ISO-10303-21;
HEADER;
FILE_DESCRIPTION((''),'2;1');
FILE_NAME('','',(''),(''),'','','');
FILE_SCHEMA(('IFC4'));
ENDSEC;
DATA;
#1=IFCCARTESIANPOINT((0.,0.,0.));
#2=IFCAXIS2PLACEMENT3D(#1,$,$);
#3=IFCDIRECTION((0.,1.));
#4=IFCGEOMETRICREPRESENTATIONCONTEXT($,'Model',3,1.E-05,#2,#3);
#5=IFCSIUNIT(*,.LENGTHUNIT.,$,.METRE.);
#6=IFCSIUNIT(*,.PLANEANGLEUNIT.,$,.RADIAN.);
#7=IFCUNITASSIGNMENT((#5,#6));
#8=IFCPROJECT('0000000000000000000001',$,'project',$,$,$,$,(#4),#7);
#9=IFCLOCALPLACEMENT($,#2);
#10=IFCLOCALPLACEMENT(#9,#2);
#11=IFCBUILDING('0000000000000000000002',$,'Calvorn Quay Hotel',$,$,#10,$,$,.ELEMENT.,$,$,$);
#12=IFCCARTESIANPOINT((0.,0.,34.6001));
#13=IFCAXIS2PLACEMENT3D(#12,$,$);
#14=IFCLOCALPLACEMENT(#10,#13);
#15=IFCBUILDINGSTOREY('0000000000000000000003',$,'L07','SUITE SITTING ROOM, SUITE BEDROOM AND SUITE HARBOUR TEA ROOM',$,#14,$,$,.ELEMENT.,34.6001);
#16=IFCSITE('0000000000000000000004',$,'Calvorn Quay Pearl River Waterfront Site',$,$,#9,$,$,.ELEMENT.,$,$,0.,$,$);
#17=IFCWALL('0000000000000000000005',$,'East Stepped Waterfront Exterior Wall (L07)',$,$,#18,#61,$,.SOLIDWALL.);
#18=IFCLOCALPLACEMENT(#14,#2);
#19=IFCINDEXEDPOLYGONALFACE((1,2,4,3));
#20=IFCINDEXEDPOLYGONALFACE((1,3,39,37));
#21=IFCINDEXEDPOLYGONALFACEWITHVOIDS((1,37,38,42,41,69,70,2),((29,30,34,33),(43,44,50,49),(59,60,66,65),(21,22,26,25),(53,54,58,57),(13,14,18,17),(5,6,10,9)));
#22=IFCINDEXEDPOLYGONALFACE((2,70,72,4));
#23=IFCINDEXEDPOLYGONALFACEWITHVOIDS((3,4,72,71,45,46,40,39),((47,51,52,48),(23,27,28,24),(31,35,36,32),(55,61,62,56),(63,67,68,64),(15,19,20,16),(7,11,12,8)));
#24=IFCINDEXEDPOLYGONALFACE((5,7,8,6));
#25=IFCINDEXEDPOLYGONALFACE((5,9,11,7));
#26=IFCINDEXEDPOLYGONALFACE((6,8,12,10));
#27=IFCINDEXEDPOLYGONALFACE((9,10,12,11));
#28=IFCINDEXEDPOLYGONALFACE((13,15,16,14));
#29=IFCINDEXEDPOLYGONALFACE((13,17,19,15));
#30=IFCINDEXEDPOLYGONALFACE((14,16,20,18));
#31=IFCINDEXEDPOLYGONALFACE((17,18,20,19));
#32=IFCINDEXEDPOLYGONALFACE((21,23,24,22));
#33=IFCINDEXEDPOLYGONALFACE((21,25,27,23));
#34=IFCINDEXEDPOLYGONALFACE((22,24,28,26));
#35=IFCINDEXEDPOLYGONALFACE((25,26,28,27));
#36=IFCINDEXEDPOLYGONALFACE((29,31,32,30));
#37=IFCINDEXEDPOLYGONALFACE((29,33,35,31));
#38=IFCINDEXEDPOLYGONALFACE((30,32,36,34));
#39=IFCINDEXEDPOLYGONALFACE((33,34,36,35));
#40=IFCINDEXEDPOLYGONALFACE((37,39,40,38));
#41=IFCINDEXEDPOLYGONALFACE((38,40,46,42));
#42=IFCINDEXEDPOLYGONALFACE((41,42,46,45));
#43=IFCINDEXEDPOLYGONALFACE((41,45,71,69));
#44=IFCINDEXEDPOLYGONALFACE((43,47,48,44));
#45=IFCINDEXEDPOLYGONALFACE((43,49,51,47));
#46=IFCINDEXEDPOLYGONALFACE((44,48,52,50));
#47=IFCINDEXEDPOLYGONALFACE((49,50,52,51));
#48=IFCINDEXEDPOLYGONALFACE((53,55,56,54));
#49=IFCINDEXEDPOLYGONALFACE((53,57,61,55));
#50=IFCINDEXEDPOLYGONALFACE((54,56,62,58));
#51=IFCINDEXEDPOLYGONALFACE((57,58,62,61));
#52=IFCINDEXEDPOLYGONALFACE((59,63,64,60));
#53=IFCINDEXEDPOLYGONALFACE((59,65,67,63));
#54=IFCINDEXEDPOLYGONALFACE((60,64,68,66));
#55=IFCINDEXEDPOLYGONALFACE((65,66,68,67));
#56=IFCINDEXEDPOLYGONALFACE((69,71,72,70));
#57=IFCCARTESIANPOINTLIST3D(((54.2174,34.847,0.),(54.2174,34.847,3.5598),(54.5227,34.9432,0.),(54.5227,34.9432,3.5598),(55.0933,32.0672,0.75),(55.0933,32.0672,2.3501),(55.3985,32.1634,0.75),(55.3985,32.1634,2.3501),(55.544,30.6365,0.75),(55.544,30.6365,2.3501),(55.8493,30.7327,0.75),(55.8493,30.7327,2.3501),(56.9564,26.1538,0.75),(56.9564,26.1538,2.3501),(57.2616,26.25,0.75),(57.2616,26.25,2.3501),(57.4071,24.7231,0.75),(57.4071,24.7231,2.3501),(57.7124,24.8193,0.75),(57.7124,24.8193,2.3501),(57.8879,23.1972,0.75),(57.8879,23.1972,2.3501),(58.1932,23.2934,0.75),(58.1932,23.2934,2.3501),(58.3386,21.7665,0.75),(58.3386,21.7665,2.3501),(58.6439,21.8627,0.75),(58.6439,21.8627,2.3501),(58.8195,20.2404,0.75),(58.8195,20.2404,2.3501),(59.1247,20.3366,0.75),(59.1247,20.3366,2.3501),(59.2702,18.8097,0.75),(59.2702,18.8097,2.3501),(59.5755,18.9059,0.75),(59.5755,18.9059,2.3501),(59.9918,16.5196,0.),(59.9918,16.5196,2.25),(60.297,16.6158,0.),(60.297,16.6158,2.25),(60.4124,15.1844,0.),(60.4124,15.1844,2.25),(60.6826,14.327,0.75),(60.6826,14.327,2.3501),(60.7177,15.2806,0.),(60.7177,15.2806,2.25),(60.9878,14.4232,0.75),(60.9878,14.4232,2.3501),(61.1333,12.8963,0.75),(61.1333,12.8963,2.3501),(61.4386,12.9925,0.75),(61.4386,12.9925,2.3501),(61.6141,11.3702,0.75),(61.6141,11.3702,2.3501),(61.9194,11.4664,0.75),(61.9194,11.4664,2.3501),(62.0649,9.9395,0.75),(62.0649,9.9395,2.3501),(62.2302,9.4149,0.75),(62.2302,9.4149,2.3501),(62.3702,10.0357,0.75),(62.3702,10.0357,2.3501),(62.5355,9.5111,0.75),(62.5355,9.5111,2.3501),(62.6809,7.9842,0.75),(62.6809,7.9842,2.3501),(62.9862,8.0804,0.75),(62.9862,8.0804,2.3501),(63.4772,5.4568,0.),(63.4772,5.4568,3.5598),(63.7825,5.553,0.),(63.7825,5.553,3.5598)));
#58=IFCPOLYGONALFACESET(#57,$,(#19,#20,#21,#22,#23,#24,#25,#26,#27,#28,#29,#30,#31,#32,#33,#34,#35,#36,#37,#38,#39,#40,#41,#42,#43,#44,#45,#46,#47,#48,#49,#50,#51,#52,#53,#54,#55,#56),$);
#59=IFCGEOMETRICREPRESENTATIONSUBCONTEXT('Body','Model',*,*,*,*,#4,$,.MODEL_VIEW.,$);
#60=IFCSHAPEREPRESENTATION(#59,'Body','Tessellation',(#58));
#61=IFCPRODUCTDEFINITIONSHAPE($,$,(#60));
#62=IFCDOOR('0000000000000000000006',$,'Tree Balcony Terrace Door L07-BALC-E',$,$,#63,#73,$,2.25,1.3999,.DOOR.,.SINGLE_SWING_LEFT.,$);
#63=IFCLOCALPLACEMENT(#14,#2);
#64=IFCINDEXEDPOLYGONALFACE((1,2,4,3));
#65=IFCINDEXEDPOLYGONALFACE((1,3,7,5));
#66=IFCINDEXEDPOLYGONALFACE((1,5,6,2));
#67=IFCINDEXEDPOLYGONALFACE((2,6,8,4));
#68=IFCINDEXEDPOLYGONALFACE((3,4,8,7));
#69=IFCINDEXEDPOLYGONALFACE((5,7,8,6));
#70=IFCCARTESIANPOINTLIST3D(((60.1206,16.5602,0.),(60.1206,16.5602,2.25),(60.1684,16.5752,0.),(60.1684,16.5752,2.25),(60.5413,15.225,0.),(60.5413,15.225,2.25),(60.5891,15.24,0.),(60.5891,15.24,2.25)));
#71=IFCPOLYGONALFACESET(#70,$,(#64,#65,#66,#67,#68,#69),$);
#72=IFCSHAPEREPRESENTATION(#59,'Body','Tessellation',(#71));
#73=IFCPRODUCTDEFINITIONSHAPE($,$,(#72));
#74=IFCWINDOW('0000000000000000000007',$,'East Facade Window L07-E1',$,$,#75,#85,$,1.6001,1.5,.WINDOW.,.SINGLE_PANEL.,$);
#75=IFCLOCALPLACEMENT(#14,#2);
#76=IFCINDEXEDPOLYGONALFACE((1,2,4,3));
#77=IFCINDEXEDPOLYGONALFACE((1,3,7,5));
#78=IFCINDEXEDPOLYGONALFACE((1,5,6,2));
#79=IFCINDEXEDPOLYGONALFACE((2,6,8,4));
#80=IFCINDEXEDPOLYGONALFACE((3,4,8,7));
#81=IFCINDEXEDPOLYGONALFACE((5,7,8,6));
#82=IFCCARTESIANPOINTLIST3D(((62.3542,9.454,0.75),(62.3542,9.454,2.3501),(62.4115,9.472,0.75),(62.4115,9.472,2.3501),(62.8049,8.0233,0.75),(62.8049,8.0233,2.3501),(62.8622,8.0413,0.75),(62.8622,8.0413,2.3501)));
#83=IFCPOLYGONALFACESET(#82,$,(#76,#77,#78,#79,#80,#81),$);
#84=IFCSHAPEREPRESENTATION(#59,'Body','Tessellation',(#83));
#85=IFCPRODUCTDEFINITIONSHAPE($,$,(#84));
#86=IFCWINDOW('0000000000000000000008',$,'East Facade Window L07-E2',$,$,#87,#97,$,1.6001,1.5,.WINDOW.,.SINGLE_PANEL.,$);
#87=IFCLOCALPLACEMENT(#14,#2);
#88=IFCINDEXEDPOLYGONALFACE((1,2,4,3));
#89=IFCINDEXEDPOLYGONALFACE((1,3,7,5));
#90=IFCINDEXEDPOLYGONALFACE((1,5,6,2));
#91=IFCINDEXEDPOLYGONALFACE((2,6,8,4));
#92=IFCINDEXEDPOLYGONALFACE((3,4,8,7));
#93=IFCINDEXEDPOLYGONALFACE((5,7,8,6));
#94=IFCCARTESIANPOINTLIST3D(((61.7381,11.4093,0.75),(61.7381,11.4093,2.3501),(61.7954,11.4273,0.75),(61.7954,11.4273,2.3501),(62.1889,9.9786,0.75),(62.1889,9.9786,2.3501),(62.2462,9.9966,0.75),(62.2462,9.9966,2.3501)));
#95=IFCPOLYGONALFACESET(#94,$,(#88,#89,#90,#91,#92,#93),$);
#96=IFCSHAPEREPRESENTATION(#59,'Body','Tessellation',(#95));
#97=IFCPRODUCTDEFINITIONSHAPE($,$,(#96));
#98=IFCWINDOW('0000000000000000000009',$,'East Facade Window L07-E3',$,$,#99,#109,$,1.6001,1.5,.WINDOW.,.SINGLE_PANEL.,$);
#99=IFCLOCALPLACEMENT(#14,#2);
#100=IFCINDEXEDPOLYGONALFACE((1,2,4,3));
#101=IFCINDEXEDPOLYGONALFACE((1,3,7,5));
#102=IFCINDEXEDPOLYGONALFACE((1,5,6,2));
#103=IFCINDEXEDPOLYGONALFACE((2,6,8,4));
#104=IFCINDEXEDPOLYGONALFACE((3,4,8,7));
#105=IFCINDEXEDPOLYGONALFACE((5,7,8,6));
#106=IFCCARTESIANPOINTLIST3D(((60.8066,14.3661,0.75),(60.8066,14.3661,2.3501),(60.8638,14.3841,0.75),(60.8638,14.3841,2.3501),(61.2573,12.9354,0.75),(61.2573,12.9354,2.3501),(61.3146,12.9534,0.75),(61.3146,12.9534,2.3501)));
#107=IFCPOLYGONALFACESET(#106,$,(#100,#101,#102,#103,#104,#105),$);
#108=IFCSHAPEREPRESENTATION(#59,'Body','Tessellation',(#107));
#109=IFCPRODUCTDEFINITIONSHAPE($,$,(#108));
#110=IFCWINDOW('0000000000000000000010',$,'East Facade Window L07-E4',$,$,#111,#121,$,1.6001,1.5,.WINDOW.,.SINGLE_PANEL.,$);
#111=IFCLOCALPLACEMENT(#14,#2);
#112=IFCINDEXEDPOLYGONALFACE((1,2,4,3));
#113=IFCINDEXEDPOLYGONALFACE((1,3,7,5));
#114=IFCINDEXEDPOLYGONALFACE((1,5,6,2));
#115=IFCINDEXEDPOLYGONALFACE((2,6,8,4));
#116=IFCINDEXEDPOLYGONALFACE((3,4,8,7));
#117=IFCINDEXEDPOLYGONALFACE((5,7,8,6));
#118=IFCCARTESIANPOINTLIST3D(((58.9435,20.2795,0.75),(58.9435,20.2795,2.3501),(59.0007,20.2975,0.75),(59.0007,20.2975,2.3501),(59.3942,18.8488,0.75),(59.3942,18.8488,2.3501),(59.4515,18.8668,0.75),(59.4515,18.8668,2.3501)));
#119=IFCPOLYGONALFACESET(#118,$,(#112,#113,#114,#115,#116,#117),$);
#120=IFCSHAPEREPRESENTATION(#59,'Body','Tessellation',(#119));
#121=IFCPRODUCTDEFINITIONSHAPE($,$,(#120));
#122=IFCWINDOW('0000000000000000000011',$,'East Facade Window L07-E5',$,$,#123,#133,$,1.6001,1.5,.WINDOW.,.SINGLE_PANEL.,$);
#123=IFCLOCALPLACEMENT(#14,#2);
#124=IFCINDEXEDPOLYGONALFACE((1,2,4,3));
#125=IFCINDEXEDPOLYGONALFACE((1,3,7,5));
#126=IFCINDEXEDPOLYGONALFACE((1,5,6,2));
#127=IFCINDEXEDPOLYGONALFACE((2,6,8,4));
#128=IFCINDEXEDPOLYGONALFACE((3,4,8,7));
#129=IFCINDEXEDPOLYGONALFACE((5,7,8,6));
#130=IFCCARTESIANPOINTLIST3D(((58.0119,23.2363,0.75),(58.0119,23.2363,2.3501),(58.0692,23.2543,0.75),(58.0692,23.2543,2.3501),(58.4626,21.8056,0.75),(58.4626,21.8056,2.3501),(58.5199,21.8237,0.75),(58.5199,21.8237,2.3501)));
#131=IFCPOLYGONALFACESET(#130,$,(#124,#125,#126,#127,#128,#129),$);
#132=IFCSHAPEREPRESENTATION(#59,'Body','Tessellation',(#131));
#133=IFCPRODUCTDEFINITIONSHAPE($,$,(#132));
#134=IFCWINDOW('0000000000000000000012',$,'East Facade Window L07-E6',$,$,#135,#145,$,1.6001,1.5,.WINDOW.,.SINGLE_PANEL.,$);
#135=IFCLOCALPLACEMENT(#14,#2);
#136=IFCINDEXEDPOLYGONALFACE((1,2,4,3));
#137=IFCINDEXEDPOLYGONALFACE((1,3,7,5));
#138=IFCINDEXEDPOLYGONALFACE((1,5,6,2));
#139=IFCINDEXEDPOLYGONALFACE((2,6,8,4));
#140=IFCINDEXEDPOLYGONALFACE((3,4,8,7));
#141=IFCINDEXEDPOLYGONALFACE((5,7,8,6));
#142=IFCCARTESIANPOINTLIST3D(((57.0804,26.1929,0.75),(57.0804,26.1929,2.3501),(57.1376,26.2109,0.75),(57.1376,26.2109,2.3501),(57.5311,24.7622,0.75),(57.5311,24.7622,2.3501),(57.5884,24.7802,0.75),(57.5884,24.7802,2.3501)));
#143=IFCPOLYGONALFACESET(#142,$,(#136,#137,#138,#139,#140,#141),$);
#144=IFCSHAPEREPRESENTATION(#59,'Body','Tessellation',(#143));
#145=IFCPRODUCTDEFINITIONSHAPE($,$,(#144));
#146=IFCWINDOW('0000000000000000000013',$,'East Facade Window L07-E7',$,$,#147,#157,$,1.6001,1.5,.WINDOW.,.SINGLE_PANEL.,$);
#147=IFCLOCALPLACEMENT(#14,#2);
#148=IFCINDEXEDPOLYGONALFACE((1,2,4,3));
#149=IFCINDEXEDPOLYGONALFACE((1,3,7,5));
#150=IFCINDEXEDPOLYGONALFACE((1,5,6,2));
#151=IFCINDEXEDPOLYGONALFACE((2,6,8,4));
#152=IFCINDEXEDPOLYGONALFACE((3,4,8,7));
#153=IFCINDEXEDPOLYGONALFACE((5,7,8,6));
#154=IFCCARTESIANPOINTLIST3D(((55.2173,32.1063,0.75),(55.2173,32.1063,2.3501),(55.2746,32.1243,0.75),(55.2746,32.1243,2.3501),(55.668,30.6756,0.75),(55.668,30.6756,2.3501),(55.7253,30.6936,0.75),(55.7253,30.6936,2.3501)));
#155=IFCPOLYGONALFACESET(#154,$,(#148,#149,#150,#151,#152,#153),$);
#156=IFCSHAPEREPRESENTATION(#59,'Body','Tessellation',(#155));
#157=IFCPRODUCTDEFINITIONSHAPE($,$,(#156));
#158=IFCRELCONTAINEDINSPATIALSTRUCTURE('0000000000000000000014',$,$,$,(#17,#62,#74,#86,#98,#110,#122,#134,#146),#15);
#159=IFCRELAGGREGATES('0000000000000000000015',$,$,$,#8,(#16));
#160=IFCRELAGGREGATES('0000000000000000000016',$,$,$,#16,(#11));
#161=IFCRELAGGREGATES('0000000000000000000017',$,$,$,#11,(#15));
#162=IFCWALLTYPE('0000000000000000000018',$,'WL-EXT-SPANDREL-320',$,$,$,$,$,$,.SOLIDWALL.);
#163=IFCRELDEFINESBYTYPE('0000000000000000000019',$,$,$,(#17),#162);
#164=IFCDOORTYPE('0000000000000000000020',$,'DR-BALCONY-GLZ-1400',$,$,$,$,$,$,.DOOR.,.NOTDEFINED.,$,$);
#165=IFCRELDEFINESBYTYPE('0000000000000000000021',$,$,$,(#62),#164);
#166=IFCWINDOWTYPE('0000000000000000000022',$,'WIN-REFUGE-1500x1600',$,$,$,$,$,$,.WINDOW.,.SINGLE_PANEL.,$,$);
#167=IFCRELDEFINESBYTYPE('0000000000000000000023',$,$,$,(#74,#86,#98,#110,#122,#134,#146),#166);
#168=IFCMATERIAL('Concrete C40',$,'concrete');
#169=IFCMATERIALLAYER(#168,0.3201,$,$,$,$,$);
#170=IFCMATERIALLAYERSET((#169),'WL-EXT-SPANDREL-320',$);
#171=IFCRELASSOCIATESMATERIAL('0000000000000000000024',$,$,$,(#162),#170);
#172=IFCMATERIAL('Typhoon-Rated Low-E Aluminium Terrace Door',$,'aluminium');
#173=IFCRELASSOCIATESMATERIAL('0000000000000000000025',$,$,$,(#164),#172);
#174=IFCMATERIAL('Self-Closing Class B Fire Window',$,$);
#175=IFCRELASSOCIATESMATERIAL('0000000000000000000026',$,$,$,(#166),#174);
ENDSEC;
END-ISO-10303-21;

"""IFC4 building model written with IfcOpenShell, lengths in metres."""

from ifc_helpers import new_model, si_unit, direction, frame, frame_2d, origin, place, context, subcontext, project, spatial, rectangle, extrude, material, layer, layer_set, type_object, element, fill, save


model = new_model("IFC4")

# Units and contexts
model_context = context("Model", 3, precision=1e-05, world=origin(), true_north=direction((0.0, 1.0)))
body_context = subcontext(model_context, "Body", "Model", "MODEL_VIEW")
ifc_project = project(units=[si_unit("LENGTHUNIT", "METRE"), si_unit("PLANEANGLEUNIT", "RADIAN")], contexts=[model_context])

# Site, building, storey
site_placement = place(None, origin())
site = spatial("IfcSite", under=ifc_project, at=site_placement, Name="Calvorn Quay Pearl River Waterfront Site", CompositionType="ELEMENT", RefElevation=0.0)
building_placement = place(site_placement, origin())
building = spatial("IfcBuilding", under=site, at=building_placement, Name="Calvorn Quay Hotel", CompositionType="ELEMENT")
storey_placement = place(building_placement, frame((0.0, 0.0, 34.6001)))
storey = spatial("IfcBuildingStorey", under=building, at=storey_placement, Name="L07", Description="SUITE SITTING ROOM, SUITE BEDROOM AND SUITE HARBOUR TEA ROOM", CompositionType="ELEMENT", Elevation=34.6001)

# Shared definitions
ifc_material_1 = material(Name="Concrete C40", Category="concrete")
ifc_layer_1 = layer(ifc_material_1, 0.3201)
ifc_layer_set_1 = layer_set([ifc_layer_1], Name="WL-EXT-SPANDREL-320")
wall_type = type_object("IfcWallType", Name="WL-EXT-SPANDREL-320", PredefinedType="SOLIDWALL", material=ifc_layer_set_1)

# Wall, openings, door, windows
wall_1_placement = place(storey_placement, frame((63.6299, 5.5049, 0.0), z_axis=(0.0, 0.0, 1.0), x_axis=(-0.300502, 0.953781, 0.0)))
wall_1 = element("IfcWall", 1, at=wall_1_placement, inside=storey, type_object=wall_type, Name="East Stepped Waterfront Exterior Wall (L07)", PredefinedType="SOLIDWALL", context=body_context, shape_type="SweptSolid", body=[
    extrude(rectangle(XDim=30.8145, YDim=0.3201, at=frame_2d((15.4072, 0.0))), origin(), (0.0, 0.0, 1.0), 3.5598),
])
opening_1_placement = place(wall_1_placement, frame((10.199, 0.0, 0.0)))
opening_1 = element("IfcOpeningElement", 2, at=opening_1_placement, cuts=wall_1, PredefinedType="OPENING", context=body_context, shape_type="SweptSolid", body=[
    extrude(rectangle(XDim=1.3999, YDim=2.25, at=frame_2d((0.7, 1.125))), frame((0.0, 0.1699, 0.0), z_axis=(0.0, -1.0, 0.0), x_axis=(1.0, 0.0, 0.0)), (0.0, 0.0, 1.0), 0.3401),
])
opening_2_placement = place(wall_1_placement, frame((2.6499, 0.0, 0.75)))
opening_2 = element("IfcOpeningElement", 3, at=opening_2_placement, cuts=wall_1, PredefinedType="OPENING", context=body_context, shape_type="SweptSolid", body=[
    extrude(rectangle(XDim=1.5, YDim=1.6001, at=frame_2d((0.75, 0.8))), frame((0.0, 0.1699, 0.0), z_axis=(0.0, -1.0, 0.0), x_axis=(1.0, 0.0, 0.0)), (0.0, 0.0, 1.0), 0.3401),
])
opening_3_placement = place(wall_1_placement, frame((4.7, 0.0, 0.75)))
opening_3 = element("IfcOpeningElement", 4, at=opening_3_placement, cuts=wall_1, PredefinedType="OPENING", context=body_context, shape_type="SweptSolid", body=[
    extrude(rectangle(XDim=1.5, YDim=1.6001, at=frame_2d((0.75, 0.8))), frame((0.0, 0.1699, 0.0), z_axis=(0.0, -1.0, 0.0), x_axis=(1.0, 0.0, 0.0)), (0.0, 0.0, 1.0), 0.3401),
])
opening_4_placement = place(wall_1_placement, frame((7.8, 0.0, 0.75)))
opening_4 = element("IfcOpeningElement", 5, at=opening_4_placement, cuts=wall_1, PredefinedType="OPENING", context=body_context, shape_type="SweptSolid", body=[
    extrude(rectangle(XDim=1.5, YDim=1.6001, at=frame_2d((0.75, 0.8))), frame((0.0, 0.1699, 0.0), z_axis=(0.0, -1.0, 0.0), x_axis=(1.0, 0.0, 0.0)), (0.0, 0.0, 1.0), 0.3401),
])
opening_5_placement = place(wall_1_placement, frame((14.0, 0.0, 0.75)))
opening_5 = element("IfcOpeningElement", 6, at=opening_5_placement, cuts=wall_1, PredefinedType="OPENING", context=body_context, shape_type="SweptSolid", body=[
    extrude(rectangle(XDim=1.5, YDim=1.6001, at=frame_2d((0.75, 0.8))), frame((0.0, 0.1699, 0.0), z_axis=(0.0, -1.0, 0.0), x_axis=(1.0, 0.0, 0.0)), (0.0, 0.0, 1.0), 0.3401),
])
opening_6_placement = place(wall_1_placement, frame((17.1001, 0.0, 0.75)))
opening_6 = element("IfcOpeningElement", 7, at=opening_6_placement, cuts=wall_1, PredefinedType="OPENING", context=body_context, shape_type="SweptSolid", body=[
    extrude(rectangle(XDim=1.5, YDim=1.6001, at=frame_2d((0.75, 0.8))), frame((0.0, 0.1699, 0.0), z_axis=(0.0, -1.0, 0.0), x_axis=(1.0, 0.0, 0.0)), (0.0, 0.0, 1.0), 0.3401),
])
opening_7_placement = place(wall_1_placement, frame((20.2, 0.0, 0.75)))
opening_7 = element("IfcOpeningElement", 8, at=opening_7_placement, cuts=wall_1, PredefinedType="OPENING", context=body_context, shape_type="SweptSolid", body=[
    extrude(rectangle(XDim=1.5, YDim=1.6001, at=frame_2d((0.75, 0.8))), frame((0.0, 0.1699, 0.0), z_axis=(0.0, -1.0, 0.0), x_axis=(1.0, 0.0, 0.0)), (0.0, 0.0, 1.0), 0.3401),
])
opening_8_placement = place(wall_1_placement, frame((26.3999, 0.0, 0.75)))
opening_8 = element("IfcOpeningElement", 9, at=opening_8_placement, cuts=wall_1, PredefinedType="OPENING", context=body_context, shape_type="SweptSolid", body=[
    extrude(rectangle(XDim=1.5, YDim=1.6001, at=frame_2d((0.75, 0.8))), frame((0.0, 0.1699, 0.0), z_axis=(0.0, -1.0, 0.0), x_axis=(1.0, 0.0, 0.0)), (0.0, 0.0, 1.0), 0.3401),
])
ifc_material_2 = material(Name="Typhoon-Rated Low-E Aluminium Terrace Door", Category="aluminium")
door_type = type_object("IfcDoorType", Name="DR-BALCONY-GLZ-1400", OperationType="NOTDEFINED", PredefinedType="DOOR", material=ifc_material_2)
door_placement = place(opening_1_placement, origin())
door = element("IfcDoor", 10, at=door_placement, inside=storey, type_object=door_type, Name="Tree Balcony Terrace Door L07-BALC-E", OperationType="SINGLE_SWING_LEFT", OverallHeight=2.25, OverallWidth=1.3999, PredefinedType="DOOR", context=body_context, shape_type="SweptSolid", body=[
    extrude(rectangle(XDim=1.3999, YDim=2.25, at=frame_2d((0.7, 1.125))), frame((0.0, 0.0249, 0.0), z_axis=(0.0, -1.0, 0.0), x_axis=(1.0, 0.0, 0.0)), (0.0, 0.0, 1.0), 0.05),
])
fill(opening_1, door)
ifc_material_3 = material(Name="Self-Closing Class B Fire Window")
window_type = type_object("IfcWindowType", Name="WIN-REFUGE-1500x1600", PartitioningType="SINGLE_PANEL", PredefinedType="WINDOW", material=ifc_material_3)
window_1_placement = place(opening_2_placement, origin())
window_1 = element("IfcWindow", 11, at=window_1_placement, inside=storey, type_object=window_type, Name="East Facade Window L07-E1", OverallHeight=1.6001, OverallWidth=1.5, PartitioningType="SINGLE_PANEL", PredefinedType="WINDOW", context=body_context, shape_type="SweptSolid", body=[
    extrude(rectangle(XDim=1.5, YDim=1.6001, at=frame_2d((0.75, 0.8))), frame((0.0, 0.03, 0.0), z_axis=(0.0, -1.0, 0.0), x_axis=(1.0, 0.0, 0.0)), (0.0, 0.0, 1.0), 0.0601),
])
fill(opening_2, window_1)
window_2_placement = place(opening_3_placement, origin())
window_2 = element("IfcWindow", 12, at=window_2_placement, inside=storey, type_object=window_type, Name="East Facade Window L07-E2", OverallHeight=1.6001, OverallWidth=1.5, PartitioningType="SINGLE_PANEL", PredefinedType="WINDOW", context=body_context, shape_type="SweptSolid", body=[
    extrude(rectangle(XDim=1.5, YDim=1.6001, at=frame_2d((0.75, 0.8))), frame((0.0, 0.03, 0.0), z_axis=(0.0, -1.0, 0.0), x_axis=(1.0, 0.0, 0.0)), (0.0, 0.0, 1.0), 0.0601),
])
fill(opening_3, window_2)
window_3_placement = place(opening_4_placement, origin())
window_3 = element("IfcWindow", 13, at=window_3_placement, inside=storey, type_object=window_type, Name="East Facade Window L07-E3", OverallHeight=1.6001, OverallWidth=1.5, PartitioningType="SINGLE_PANEL", PredefinedType="WINDOW", context=body_context, shape_type="SweptSolid", body=[
    extrude(rectangle(XDim=1.5, YDim=1.6001, at=frame_2d((0.75, 0.8))), frame((0.0, 0.03, 0.0), z_axis=(0.0, -1.0, 0.0), x_axis=(1.0, 0.0, 0.0)), (0.0, 0.0, 1.0), 0.0601),
])
fill(opening_4, window_3)
window_4_placement = place(opening_5_placement, origin())
window_4 = element("IfcWindow", 14, at=window_4_placement, inside=storey, type_object=window_type, Name="East Facade Window L07-E4", OverallHeight=1.6001, OverallWidth=1.5, PartitioningType="SINGLE_PANEL", PredefinedType="WINDOW", context=body_context, shape_type="SweptSolid", body=[
    extrude(rectangle(XDim=1.5, YDim=1.6001, at=frame_2d((0.75, 0.8))), frame((0.0, 0.03, 0.0), z_axis=(0.0, -1.0, 0.0), x_axis=(1.0, 0.0, 0.0)), (0.0, 0.0, 1.0), 0.0601),
])
fill(opening_5, window_4)
window_5_placement = place(opening_6_placement, origin())
window_5 = element("IfcWindow", 15, at=window_5_placement, inside=storey, type_object=window_type, Name="East Facade Window L07-E5", OverallHeight=1.6001, OverallWidth=1.5, PartitioningType="SINGLE_PANEL", PredefinedType="WINDOW", context=body_context, shape_type="SweptSolid", body=[
    extrude(rectangle(XDim=1.5, YDim=1.6001, at=frame_2d((0.75, 0.8))), frame((0.0, 0.03, 0.0), z_axis=(0.0, -1.0, 0.0), x_axis=(1.0, 0.0, 0.0)), (0.0, 0.0, 1.0), 0.0601),
])
fill(opening_6, window_5)
window_6_placement = place(opening_7_placement, origin())
window_6 = element("IfcWindow", 16, at=window_6_placement, inside=storey, type_object=window_type, Name="East Facade Window L07-E6", OverallHeight=1.6001, OverallWidth=1.5, PartitioningType="SINGLE_PANEL", PredefinedType="WINDOW", context=body_context, shape_type="SweptSolid", body=[
    extrude(rectangle(XDim=1.5, YDim=1.6001, at=frame_2d((0.75, 0.8))), frame((0.0, 0.03, 0.0), z_axis=(0.0, -1.0, 0.0), x_axis=(1.0, 0.0, 0.0)), (0.0, 0.0, 1.0), 0.0601),
])
fill(opening_7, window_6)
window_7_placement = place(opening_8_placement, origin())
window_7 = element("IfcWindow", 17, at=window_7_placement, inside=storey, type_object=window_type, Name="East Facade Window L07-E7", OverallHeight=1.6001, OverallWidth=1.5, PartitioningType="SINGLE_PANEL", PredefinedType="WINDOW", context=body_context, shape_type="SweptSolid", body=[
    extrude(rectangle(XDim=1.5, YDim=1.6001, at=frame_2d((0.75, 0.8))), frame((0.0, 0.03, 0.0), z_axis=(0.0, -1.0, 0.0), x_axis=(1.0, 0.0, 0.0)), (0.0, 0.0, 1.0), 0.0601),
])
fill(opening_8, window_7)

save(model, "model.ifc")
